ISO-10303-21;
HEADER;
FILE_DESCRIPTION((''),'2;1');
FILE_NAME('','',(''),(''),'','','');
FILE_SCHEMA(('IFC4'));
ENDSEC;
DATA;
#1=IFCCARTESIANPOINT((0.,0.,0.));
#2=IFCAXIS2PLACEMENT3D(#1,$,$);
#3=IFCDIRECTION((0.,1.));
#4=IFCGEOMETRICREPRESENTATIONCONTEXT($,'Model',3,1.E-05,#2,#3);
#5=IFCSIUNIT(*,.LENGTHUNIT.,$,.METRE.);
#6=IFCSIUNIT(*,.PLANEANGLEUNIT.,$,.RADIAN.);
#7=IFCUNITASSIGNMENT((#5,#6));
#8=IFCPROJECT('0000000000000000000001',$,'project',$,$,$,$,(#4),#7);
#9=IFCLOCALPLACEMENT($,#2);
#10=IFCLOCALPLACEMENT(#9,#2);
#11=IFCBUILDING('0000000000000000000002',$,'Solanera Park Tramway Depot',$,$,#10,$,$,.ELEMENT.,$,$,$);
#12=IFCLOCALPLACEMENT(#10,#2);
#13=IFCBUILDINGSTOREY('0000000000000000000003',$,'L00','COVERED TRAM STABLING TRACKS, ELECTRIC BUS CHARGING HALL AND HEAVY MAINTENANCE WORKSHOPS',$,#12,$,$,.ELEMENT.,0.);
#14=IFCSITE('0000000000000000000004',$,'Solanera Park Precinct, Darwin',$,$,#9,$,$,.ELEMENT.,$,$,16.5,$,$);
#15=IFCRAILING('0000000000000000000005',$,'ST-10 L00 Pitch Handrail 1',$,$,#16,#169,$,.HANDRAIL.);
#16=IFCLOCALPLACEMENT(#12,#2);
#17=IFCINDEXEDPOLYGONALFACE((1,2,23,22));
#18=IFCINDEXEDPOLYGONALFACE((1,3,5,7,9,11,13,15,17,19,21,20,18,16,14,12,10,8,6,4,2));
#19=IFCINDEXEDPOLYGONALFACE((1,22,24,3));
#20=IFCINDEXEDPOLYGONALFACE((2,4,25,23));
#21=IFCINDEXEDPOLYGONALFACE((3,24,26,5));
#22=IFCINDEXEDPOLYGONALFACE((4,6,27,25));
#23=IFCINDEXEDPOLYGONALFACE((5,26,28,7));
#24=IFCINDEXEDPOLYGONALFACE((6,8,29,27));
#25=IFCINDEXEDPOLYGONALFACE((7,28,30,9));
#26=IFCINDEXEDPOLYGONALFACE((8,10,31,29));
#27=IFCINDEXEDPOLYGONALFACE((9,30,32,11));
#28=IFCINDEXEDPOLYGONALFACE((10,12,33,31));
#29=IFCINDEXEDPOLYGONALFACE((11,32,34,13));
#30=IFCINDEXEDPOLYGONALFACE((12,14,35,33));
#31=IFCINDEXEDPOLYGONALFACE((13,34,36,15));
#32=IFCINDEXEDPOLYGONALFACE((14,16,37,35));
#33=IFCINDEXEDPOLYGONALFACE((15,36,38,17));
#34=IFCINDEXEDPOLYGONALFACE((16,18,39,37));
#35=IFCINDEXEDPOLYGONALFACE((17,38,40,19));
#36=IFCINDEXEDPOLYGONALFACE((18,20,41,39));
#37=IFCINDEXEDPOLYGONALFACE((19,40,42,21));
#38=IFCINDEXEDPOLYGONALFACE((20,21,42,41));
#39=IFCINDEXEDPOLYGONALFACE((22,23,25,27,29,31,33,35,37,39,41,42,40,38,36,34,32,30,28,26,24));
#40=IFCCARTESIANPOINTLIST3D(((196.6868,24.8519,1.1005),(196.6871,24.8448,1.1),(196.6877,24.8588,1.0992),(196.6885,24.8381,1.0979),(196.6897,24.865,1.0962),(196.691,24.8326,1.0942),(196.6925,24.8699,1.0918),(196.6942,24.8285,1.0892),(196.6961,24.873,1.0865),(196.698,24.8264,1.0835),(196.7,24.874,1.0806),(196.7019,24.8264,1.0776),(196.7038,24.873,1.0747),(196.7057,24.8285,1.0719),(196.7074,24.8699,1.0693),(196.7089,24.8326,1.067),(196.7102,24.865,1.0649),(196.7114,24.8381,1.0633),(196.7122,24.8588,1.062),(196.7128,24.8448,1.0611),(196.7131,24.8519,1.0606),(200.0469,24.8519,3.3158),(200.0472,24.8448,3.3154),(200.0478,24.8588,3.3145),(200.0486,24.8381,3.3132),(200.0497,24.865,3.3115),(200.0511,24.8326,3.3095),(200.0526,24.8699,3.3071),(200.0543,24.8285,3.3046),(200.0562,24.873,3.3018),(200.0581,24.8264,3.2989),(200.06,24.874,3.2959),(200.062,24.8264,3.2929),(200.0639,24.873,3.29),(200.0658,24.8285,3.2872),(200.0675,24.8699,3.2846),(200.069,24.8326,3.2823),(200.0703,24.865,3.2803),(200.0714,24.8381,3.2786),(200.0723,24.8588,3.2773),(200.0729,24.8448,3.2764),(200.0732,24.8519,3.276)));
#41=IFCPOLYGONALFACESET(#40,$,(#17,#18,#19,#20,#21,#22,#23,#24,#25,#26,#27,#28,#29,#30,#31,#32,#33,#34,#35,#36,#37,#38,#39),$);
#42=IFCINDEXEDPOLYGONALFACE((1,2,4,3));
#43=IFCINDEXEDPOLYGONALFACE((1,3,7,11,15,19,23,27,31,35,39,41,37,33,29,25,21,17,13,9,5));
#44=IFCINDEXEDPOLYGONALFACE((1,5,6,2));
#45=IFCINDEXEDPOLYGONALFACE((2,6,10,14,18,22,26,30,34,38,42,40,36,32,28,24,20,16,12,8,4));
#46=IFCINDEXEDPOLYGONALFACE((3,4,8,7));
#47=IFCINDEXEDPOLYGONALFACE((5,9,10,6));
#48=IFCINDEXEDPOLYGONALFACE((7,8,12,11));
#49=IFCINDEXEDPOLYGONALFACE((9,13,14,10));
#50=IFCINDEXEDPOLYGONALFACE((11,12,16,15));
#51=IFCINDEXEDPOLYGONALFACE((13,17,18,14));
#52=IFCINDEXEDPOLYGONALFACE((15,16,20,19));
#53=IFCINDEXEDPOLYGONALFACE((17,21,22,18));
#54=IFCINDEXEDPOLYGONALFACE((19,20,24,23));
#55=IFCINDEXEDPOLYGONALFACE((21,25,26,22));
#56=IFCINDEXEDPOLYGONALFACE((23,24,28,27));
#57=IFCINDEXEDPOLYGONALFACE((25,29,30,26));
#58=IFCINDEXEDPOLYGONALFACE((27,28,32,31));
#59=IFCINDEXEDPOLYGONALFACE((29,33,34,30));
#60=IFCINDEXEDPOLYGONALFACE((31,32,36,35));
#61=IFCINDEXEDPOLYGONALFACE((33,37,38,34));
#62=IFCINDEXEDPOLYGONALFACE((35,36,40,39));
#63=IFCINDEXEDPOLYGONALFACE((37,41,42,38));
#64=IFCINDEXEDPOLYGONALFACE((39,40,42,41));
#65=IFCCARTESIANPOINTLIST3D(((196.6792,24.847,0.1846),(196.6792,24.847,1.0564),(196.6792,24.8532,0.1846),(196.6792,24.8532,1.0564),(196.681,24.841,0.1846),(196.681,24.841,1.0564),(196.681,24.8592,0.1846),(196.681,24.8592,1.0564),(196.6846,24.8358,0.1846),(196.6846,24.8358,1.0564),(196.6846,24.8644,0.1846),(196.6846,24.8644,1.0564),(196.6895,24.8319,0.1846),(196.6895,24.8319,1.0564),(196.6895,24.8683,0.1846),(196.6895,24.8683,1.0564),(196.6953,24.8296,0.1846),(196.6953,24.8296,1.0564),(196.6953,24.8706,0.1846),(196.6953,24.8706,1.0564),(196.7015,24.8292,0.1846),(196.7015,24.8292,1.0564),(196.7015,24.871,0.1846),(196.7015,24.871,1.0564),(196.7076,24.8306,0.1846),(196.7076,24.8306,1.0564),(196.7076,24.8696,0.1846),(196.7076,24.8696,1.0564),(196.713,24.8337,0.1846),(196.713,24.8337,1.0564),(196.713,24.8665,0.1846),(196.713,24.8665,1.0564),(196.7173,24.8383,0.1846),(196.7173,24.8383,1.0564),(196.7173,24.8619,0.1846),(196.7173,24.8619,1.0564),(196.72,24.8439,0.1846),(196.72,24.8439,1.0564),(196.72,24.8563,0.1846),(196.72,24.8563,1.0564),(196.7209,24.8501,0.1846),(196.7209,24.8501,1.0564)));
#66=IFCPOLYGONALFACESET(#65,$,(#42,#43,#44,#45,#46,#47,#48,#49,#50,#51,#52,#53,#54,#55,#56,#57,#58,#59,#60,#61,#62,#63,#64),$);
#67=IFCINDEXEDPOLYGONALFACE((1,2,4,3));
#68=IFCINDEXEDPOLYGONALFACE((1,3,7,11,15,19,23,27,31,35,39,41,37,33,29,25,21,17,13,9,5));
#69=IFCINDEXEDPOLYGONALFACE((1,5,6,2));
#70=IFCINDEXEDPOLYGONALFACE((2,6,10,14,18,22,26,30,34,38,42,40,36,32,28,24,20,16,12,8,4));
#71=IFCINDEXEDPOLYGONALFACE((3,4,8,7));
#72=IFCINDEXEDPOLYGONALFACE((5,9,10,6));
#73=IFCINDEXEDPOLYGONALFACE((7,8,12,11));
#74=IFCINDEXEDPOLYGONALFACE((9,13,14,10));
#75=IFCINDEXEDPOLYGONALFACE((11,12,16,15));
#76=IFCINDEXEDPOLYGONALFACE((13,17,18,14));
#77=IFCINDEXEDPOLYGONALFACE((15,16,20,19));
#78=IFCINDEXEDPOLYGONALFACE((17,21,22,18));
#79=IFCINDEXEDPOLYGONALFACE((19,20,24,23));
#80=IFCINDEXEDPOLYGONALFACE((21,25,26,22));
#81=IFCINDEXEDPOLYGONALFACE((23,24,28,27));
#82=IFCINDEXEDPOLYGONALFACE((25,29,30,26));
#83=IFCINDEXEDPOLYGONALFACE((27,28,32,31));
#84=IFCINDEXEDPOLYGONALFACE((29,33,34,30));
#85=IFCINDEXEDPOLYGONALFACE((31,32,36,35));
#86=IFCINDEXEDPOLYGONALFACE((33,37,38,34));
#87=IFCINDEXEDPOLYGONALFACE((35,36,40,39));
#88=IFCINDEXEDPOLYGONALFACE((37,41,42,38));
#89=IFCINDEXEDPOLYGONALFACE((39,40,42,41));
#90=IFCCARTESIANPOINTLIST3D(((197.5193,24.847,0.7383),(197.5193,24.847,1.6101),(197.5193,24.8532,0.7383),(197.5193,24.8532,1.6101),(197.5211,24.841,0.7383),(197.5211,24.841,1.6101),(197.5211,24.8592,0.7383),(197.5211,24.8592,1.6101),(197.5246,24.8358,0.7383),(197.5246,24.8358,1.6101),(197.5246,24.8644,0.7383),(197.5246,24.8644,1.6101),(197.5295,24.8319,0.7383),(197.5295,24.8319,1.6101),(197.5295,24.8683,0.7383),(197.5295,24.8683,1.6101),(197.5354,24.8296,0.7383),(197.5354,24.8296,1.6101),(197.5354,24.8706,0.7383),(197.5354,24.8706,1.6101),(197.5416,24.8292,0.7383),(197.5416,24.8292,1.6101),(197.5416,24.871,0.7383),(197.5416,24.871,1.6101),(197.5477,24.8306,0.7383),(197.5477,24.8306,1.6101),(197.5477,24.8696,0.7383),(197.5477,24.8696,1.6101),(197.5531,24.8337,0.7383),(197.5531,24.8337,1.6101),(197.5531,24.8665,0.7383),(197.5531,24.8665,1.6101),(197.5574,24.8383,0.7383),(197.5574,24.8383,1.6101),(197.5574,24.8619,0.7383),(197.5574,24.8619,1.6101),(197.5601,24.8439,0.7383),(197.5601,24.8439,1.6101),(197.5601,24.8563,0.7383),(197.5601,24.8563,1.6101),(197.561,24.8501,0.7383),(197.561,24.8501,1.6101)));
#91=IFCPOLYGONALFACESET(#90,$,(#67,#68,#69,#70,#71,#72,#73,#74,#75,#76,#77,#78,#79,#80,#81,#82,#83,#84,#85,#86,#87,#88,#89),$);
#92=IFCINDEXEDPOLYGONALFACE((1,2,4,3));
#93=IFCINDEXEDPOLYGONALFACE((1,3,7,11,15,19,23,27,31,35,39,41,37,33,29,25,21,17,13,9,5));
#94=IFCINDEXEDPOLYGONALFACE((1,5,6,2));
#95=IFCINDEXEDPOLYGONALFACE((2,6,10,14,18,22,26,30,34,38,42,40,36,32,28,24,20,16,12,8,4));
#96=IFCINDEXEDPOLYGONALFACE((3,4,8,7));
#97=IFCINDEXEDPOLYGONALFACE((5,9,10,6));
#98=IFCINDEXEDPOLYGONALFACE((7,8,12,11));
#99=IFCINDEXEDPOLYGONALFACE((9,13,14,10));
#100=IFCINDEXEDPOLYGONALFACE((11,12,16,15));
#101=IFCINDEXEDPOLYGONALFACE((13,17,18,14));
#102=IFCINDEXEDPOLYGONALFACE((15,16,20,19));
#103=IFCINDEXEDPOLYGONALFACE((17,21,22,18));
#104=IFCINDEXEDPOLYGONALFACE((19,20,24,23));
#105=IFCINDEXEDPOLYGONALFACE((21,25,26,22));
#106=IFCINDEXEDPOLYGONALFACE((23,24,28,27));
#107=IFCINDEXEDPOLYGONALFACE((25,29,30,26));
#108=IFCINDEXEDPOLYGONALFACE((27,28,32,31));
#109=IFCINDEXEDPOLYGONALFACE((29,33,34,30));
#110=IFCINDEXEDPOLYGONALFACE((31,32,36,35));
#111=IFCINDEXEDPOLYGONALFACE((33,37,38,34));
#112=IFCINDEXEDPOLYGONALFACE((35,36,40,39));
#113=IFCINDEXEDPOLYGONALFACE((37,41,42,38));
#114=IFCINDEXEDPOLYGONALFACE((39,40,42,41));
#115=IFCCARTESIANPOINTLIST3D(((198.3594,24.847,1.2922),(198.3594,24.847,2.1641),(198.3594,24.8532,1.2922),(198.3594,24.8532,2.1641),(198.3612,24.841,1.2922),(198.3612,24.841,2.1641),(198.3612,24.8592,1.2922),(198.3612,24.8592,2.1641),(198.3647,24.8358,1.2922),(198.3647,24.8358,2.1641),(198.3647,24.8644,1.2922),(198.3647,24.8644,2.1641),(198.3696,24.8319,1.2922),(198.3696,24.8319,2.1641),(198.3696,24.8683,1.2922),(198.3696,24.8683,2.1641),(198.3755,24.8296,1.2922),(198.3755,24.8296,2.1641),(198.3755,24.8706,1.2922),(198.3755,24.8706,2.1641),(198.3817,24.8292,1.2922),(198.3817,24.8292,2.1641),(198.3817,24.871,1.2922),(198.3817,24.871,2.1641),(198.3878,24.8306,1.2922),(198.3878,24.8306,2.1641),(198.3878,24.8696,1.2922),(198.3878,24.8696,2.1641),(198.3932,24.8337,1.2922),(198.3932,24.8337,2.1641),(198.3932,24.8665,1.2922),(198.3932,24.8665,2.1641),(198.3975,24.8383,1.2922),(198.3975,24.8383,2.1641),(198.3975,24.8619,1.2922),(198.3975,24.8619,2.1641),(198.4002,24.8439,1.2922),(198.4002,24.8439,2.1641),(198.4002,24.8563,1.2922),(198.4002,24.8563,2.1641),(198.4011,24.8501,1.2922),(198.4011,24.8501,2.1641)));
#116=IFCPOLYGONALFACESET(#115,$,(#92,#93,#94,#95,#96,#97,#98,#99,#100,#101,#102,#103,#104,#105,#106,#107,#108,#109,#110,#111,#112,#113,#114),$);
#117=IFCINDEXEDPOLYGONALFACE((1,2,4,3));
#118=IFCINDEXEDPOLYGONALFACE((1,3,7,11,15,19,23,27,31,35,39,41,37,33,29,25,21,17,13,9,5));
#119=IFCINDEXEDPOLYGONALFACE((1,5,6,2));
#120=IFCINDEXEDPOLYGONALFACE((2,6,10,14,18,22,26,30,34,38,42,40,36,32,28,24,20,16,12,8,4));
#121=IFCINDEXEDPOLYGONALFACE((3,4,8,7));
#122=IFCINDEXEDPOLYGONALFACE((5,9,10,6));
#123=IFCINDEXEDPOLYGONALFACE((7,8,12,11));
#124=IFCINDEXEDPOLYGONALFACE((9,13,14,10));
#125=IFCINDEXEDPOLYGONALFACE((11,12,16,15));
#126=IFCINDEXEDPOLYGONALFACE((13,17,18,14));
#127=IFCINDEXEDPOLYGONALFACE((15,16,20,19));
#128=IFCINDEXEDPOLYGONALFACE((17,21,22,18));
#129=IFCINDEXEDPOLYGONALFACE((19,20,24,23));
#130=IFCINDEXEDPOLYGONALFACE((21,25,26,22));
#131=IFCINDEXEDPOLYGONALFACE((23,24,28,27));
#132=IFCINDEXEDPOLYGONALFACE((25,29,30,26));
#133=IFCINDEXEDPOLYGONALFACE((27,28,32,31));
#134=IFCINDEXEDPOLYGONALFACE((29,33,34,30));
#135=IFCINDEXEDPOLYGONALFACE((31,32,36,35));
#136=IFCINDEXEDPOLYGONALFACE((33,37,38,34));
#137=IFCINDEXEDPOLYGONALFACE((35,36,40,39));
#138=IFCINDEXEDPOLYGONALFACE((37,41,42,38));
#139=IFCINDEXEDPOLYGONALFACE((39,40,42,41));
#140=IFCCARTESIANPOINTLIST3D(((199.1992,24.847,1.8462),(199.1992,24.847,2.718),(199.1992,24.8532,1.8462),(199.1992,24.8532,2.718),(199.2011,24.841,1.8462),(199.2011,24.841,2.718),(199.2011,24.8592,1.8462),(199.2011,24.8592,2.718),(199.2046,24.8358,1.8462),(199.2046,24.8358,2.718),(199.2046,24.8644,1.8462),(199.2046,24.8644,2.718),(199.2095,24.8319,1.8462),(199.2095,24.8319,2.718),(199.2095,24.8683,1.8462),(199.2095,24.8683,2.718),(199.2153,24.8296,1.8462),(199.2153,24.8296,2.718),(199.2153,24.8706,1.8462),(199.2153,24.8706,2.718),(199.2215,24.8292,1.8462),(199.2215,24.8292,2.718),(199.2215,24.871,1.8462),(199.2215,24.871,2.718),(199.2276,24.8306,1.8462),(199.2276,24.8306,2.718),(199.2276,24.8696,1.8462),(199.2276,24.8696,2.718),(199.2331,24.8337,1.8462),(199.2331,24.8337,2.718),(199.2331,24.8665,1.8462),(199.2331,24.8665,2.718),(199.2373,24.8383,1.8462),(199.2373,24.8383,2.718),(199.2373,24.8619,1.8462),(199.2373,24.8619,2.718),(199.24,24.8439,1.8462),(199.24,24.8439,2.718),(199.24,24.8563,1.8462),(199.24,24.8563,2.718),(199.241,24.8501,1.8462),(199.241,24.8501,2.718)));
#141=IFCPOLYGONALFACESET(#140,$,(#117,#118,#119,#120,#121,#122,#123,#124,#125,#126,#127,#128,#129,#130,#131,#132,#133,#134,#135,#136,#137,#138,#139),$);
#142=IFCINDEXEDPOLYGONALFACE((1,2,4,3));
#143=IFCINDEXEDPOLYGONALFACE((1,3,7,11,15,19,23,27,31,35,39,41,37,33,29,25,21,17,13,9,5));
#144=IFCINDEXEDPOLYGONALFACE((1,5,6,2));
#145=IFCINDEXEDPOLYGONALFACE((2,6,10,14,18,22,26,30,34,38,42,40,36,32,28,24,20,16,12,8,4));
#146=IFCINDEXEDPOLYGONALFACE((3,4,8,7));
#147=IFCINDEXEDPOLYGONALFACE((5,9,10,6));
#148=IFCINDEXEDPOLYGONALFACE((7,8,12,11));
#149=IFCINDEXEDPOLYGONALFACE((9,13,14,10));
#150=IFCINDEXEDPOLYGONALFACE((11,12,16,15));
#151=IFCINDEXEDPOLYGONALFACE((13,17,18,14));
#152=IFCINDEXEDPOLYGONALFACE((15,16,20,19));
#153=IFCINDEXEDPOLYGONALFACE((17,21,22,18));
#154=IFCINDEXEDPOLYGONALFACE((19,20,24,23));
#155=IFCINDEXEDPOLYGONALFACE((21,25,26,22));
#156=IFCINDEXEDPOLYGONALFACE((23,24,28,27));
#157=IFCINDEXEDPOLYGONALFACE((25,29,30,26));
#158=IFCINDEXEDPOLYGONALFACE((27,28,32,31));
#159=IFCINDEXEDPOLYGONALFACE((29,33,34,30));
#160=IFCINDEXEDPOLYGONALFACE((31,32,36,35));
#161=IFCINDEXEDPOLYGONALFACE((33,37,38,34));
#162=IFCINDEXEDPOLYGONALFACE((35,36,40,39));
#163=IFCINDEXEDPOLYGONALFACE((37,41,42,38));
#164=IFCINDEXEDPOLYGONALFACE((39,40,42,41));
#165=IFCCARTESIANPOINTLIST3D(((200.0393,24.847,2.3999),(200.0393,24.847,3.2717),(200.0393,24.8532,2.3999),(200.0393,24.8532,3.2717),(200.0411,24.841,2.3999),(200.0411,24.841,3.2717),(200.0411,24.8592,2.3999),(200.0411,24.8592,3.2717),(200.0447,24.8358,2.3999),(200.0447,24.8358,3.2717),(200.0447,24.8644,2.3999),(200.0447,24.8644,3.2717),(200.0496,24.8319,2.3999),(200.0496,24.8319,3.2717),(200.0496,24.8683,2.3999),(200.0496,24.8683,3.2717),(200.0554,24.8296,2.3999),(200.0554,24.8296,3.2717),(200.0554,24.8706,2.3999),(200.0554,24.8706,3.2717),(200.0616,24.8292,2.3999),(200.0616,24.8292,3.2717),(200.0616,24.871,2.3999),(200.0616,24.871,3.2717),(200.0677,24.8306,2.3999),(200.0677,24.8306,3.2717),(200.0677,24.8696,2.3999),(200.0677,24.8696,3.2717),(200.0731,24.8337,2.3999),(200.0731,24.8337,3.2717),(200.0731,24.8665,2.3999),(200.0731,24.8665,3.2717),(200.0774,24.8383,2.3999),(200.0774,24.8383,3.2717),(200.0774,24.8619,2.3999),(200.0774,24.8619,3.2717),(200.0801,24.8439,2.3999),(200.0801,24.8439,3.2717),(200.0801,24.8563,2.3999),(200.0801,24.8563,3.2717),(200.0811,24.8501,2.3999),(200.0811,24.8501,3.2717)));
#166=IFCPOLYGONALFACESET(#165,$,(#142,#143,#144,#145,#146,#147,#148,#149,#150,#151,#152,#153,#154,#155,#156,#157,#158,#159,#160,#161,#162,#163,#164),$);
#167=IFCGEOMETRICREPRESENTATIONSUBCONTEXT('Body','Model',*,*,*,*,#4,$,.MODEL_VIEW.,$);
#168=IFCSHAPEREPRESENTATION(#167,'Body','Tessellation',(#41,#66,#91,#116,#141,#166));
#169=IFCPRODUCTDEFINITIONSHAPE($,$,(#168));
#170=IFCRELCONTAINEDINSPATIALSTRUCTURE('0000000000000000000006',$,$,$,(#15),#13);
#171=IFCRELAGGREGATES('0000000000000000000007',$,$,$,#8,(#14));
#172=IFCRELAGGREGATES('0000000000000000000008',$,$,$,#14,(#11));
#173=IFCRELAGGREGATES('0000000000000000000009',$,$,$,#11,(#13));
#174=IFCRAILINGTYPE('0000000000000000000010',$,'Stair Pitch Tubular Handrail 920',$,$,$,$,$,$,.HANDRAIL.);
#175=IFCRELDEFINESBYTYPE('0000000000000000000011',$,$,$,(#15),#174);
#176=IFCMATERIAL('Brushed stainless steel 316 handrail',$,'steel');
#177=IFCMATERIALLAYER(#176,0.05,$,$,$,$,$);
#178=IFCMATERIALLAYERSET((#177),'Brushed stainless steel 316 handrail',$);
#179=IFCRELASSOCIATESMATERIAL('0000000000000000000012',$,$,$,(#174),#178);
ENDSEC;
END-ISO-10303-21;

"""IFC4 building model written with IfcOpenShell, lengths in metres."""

from ifc_helpers import new_model, si_unit, direction, frame, origin, origin_2d, place, context, subcontext, project, spatial, circle, extrude, material, layer, layer_set, type_object, element, save


model = new_model("IFC4")

# Units and contexts
model_context = context("Model", 3, precision=1e-05, world=origin(), true_north=direction((0.0, 1.0)))
body_context = subcontext(model_context, "Body", "Model", "MODEL_VIEW")
ifc_project = project(units=[si_unit("LENGTHUNIT", "METRE"), si_unit("PLANEANGLEUNIT", "RADIAN")], contexts=[model_context])

# Site, building, storey
site_placement = place(None, origin())
site = spatial("IfcSite", under=ifc_project, at=site_placement, Name="Solanera Park Precinct, Darwin", CompositionType="ELEMENT", RefElevation=16.5)
building_placement = place(site_placement, origin())
building = spatial("IfcBuilding", under=site, at=building_placement, Name="Solanera Park Tramway Depot", CompositionType="ELEMENT")
storey_placement = place(building_placement, origin())
storey = spatial("IfcBuildingStorey", under=building, at=storey_placement, Name="L00", Description="COVERED TRAM STABLING TRACKS, ELECTRIC BUS CHARGING HALL AND HEAVY MAINTENANCE WORKSHOPS", CompositionType="ELEMENT", Elevation=0.0)

# Railing
ifc_material_1 = material(Name="Brushed stainless steel 316 handrail", Category="steel")
ifc_layer_1 = layer(ifc_material_1, 0.05)
ifc_layer_set_1 = layer_set([ifc_layer_1], Name="Brushed stainless steel 316 handrail")
railing_type_1 = type_object("IfcRailingType", Name="Stair Pitch Tubular Handrail 920", PredefinedType="HANDRAIL", material=ifc_layer_set_1)
railing_1_placement = place(storey_placement, frame((196.7, 24.8501, 0.1846)))
element("IfcRailing", 1, at=railing_1_placement, inside=storey, type_object=railing_type_1, Name="ST-10 L00 Pitch Handrail 1", PredefinedType="HANDRAIL", context=body_context, shape_type="SweptSolid", body=[
    extrude(circle(Radius=0.0239, at=origin_2d()), frame((0.0, 0.0, 0.896), z_axis=(0.834876, 0.0, 0.550437), x_axis=(0.0, 1.0, 0.0)), (0.0, 0.0, 1.0), 4.0247),
    extrude(circle(Radius=0.021, at=origin_2d()), origin(), (0.0, 0.0, 1.0), 0.8718),
    extrude(circle(Radius=0.021, at=origin_2d()), frame((0.8401, 0.0, 0.5537)), (0.0, 0.0, 1.0), 0.8718),
    extrude(circle(Radius=0.021, at=origin_2d()), frame((1.6802, 0.0, 1.1077)), (0.0, 0.0, 1.0), 0.8718),
    extrude(circle(Radius=0.021, at=origin_2d()), frame((2.52, 0.0, 1.6616)), (0.0, 0.0, 1.0), 0.8718),
    extrude(circle(Radius=0.021, at=origin_2d()), frame((3.3601, 0.0, 2.2153)), (0.0, 0.0, 1.0), 0.8718),
])

save(model, "model.ifc")
